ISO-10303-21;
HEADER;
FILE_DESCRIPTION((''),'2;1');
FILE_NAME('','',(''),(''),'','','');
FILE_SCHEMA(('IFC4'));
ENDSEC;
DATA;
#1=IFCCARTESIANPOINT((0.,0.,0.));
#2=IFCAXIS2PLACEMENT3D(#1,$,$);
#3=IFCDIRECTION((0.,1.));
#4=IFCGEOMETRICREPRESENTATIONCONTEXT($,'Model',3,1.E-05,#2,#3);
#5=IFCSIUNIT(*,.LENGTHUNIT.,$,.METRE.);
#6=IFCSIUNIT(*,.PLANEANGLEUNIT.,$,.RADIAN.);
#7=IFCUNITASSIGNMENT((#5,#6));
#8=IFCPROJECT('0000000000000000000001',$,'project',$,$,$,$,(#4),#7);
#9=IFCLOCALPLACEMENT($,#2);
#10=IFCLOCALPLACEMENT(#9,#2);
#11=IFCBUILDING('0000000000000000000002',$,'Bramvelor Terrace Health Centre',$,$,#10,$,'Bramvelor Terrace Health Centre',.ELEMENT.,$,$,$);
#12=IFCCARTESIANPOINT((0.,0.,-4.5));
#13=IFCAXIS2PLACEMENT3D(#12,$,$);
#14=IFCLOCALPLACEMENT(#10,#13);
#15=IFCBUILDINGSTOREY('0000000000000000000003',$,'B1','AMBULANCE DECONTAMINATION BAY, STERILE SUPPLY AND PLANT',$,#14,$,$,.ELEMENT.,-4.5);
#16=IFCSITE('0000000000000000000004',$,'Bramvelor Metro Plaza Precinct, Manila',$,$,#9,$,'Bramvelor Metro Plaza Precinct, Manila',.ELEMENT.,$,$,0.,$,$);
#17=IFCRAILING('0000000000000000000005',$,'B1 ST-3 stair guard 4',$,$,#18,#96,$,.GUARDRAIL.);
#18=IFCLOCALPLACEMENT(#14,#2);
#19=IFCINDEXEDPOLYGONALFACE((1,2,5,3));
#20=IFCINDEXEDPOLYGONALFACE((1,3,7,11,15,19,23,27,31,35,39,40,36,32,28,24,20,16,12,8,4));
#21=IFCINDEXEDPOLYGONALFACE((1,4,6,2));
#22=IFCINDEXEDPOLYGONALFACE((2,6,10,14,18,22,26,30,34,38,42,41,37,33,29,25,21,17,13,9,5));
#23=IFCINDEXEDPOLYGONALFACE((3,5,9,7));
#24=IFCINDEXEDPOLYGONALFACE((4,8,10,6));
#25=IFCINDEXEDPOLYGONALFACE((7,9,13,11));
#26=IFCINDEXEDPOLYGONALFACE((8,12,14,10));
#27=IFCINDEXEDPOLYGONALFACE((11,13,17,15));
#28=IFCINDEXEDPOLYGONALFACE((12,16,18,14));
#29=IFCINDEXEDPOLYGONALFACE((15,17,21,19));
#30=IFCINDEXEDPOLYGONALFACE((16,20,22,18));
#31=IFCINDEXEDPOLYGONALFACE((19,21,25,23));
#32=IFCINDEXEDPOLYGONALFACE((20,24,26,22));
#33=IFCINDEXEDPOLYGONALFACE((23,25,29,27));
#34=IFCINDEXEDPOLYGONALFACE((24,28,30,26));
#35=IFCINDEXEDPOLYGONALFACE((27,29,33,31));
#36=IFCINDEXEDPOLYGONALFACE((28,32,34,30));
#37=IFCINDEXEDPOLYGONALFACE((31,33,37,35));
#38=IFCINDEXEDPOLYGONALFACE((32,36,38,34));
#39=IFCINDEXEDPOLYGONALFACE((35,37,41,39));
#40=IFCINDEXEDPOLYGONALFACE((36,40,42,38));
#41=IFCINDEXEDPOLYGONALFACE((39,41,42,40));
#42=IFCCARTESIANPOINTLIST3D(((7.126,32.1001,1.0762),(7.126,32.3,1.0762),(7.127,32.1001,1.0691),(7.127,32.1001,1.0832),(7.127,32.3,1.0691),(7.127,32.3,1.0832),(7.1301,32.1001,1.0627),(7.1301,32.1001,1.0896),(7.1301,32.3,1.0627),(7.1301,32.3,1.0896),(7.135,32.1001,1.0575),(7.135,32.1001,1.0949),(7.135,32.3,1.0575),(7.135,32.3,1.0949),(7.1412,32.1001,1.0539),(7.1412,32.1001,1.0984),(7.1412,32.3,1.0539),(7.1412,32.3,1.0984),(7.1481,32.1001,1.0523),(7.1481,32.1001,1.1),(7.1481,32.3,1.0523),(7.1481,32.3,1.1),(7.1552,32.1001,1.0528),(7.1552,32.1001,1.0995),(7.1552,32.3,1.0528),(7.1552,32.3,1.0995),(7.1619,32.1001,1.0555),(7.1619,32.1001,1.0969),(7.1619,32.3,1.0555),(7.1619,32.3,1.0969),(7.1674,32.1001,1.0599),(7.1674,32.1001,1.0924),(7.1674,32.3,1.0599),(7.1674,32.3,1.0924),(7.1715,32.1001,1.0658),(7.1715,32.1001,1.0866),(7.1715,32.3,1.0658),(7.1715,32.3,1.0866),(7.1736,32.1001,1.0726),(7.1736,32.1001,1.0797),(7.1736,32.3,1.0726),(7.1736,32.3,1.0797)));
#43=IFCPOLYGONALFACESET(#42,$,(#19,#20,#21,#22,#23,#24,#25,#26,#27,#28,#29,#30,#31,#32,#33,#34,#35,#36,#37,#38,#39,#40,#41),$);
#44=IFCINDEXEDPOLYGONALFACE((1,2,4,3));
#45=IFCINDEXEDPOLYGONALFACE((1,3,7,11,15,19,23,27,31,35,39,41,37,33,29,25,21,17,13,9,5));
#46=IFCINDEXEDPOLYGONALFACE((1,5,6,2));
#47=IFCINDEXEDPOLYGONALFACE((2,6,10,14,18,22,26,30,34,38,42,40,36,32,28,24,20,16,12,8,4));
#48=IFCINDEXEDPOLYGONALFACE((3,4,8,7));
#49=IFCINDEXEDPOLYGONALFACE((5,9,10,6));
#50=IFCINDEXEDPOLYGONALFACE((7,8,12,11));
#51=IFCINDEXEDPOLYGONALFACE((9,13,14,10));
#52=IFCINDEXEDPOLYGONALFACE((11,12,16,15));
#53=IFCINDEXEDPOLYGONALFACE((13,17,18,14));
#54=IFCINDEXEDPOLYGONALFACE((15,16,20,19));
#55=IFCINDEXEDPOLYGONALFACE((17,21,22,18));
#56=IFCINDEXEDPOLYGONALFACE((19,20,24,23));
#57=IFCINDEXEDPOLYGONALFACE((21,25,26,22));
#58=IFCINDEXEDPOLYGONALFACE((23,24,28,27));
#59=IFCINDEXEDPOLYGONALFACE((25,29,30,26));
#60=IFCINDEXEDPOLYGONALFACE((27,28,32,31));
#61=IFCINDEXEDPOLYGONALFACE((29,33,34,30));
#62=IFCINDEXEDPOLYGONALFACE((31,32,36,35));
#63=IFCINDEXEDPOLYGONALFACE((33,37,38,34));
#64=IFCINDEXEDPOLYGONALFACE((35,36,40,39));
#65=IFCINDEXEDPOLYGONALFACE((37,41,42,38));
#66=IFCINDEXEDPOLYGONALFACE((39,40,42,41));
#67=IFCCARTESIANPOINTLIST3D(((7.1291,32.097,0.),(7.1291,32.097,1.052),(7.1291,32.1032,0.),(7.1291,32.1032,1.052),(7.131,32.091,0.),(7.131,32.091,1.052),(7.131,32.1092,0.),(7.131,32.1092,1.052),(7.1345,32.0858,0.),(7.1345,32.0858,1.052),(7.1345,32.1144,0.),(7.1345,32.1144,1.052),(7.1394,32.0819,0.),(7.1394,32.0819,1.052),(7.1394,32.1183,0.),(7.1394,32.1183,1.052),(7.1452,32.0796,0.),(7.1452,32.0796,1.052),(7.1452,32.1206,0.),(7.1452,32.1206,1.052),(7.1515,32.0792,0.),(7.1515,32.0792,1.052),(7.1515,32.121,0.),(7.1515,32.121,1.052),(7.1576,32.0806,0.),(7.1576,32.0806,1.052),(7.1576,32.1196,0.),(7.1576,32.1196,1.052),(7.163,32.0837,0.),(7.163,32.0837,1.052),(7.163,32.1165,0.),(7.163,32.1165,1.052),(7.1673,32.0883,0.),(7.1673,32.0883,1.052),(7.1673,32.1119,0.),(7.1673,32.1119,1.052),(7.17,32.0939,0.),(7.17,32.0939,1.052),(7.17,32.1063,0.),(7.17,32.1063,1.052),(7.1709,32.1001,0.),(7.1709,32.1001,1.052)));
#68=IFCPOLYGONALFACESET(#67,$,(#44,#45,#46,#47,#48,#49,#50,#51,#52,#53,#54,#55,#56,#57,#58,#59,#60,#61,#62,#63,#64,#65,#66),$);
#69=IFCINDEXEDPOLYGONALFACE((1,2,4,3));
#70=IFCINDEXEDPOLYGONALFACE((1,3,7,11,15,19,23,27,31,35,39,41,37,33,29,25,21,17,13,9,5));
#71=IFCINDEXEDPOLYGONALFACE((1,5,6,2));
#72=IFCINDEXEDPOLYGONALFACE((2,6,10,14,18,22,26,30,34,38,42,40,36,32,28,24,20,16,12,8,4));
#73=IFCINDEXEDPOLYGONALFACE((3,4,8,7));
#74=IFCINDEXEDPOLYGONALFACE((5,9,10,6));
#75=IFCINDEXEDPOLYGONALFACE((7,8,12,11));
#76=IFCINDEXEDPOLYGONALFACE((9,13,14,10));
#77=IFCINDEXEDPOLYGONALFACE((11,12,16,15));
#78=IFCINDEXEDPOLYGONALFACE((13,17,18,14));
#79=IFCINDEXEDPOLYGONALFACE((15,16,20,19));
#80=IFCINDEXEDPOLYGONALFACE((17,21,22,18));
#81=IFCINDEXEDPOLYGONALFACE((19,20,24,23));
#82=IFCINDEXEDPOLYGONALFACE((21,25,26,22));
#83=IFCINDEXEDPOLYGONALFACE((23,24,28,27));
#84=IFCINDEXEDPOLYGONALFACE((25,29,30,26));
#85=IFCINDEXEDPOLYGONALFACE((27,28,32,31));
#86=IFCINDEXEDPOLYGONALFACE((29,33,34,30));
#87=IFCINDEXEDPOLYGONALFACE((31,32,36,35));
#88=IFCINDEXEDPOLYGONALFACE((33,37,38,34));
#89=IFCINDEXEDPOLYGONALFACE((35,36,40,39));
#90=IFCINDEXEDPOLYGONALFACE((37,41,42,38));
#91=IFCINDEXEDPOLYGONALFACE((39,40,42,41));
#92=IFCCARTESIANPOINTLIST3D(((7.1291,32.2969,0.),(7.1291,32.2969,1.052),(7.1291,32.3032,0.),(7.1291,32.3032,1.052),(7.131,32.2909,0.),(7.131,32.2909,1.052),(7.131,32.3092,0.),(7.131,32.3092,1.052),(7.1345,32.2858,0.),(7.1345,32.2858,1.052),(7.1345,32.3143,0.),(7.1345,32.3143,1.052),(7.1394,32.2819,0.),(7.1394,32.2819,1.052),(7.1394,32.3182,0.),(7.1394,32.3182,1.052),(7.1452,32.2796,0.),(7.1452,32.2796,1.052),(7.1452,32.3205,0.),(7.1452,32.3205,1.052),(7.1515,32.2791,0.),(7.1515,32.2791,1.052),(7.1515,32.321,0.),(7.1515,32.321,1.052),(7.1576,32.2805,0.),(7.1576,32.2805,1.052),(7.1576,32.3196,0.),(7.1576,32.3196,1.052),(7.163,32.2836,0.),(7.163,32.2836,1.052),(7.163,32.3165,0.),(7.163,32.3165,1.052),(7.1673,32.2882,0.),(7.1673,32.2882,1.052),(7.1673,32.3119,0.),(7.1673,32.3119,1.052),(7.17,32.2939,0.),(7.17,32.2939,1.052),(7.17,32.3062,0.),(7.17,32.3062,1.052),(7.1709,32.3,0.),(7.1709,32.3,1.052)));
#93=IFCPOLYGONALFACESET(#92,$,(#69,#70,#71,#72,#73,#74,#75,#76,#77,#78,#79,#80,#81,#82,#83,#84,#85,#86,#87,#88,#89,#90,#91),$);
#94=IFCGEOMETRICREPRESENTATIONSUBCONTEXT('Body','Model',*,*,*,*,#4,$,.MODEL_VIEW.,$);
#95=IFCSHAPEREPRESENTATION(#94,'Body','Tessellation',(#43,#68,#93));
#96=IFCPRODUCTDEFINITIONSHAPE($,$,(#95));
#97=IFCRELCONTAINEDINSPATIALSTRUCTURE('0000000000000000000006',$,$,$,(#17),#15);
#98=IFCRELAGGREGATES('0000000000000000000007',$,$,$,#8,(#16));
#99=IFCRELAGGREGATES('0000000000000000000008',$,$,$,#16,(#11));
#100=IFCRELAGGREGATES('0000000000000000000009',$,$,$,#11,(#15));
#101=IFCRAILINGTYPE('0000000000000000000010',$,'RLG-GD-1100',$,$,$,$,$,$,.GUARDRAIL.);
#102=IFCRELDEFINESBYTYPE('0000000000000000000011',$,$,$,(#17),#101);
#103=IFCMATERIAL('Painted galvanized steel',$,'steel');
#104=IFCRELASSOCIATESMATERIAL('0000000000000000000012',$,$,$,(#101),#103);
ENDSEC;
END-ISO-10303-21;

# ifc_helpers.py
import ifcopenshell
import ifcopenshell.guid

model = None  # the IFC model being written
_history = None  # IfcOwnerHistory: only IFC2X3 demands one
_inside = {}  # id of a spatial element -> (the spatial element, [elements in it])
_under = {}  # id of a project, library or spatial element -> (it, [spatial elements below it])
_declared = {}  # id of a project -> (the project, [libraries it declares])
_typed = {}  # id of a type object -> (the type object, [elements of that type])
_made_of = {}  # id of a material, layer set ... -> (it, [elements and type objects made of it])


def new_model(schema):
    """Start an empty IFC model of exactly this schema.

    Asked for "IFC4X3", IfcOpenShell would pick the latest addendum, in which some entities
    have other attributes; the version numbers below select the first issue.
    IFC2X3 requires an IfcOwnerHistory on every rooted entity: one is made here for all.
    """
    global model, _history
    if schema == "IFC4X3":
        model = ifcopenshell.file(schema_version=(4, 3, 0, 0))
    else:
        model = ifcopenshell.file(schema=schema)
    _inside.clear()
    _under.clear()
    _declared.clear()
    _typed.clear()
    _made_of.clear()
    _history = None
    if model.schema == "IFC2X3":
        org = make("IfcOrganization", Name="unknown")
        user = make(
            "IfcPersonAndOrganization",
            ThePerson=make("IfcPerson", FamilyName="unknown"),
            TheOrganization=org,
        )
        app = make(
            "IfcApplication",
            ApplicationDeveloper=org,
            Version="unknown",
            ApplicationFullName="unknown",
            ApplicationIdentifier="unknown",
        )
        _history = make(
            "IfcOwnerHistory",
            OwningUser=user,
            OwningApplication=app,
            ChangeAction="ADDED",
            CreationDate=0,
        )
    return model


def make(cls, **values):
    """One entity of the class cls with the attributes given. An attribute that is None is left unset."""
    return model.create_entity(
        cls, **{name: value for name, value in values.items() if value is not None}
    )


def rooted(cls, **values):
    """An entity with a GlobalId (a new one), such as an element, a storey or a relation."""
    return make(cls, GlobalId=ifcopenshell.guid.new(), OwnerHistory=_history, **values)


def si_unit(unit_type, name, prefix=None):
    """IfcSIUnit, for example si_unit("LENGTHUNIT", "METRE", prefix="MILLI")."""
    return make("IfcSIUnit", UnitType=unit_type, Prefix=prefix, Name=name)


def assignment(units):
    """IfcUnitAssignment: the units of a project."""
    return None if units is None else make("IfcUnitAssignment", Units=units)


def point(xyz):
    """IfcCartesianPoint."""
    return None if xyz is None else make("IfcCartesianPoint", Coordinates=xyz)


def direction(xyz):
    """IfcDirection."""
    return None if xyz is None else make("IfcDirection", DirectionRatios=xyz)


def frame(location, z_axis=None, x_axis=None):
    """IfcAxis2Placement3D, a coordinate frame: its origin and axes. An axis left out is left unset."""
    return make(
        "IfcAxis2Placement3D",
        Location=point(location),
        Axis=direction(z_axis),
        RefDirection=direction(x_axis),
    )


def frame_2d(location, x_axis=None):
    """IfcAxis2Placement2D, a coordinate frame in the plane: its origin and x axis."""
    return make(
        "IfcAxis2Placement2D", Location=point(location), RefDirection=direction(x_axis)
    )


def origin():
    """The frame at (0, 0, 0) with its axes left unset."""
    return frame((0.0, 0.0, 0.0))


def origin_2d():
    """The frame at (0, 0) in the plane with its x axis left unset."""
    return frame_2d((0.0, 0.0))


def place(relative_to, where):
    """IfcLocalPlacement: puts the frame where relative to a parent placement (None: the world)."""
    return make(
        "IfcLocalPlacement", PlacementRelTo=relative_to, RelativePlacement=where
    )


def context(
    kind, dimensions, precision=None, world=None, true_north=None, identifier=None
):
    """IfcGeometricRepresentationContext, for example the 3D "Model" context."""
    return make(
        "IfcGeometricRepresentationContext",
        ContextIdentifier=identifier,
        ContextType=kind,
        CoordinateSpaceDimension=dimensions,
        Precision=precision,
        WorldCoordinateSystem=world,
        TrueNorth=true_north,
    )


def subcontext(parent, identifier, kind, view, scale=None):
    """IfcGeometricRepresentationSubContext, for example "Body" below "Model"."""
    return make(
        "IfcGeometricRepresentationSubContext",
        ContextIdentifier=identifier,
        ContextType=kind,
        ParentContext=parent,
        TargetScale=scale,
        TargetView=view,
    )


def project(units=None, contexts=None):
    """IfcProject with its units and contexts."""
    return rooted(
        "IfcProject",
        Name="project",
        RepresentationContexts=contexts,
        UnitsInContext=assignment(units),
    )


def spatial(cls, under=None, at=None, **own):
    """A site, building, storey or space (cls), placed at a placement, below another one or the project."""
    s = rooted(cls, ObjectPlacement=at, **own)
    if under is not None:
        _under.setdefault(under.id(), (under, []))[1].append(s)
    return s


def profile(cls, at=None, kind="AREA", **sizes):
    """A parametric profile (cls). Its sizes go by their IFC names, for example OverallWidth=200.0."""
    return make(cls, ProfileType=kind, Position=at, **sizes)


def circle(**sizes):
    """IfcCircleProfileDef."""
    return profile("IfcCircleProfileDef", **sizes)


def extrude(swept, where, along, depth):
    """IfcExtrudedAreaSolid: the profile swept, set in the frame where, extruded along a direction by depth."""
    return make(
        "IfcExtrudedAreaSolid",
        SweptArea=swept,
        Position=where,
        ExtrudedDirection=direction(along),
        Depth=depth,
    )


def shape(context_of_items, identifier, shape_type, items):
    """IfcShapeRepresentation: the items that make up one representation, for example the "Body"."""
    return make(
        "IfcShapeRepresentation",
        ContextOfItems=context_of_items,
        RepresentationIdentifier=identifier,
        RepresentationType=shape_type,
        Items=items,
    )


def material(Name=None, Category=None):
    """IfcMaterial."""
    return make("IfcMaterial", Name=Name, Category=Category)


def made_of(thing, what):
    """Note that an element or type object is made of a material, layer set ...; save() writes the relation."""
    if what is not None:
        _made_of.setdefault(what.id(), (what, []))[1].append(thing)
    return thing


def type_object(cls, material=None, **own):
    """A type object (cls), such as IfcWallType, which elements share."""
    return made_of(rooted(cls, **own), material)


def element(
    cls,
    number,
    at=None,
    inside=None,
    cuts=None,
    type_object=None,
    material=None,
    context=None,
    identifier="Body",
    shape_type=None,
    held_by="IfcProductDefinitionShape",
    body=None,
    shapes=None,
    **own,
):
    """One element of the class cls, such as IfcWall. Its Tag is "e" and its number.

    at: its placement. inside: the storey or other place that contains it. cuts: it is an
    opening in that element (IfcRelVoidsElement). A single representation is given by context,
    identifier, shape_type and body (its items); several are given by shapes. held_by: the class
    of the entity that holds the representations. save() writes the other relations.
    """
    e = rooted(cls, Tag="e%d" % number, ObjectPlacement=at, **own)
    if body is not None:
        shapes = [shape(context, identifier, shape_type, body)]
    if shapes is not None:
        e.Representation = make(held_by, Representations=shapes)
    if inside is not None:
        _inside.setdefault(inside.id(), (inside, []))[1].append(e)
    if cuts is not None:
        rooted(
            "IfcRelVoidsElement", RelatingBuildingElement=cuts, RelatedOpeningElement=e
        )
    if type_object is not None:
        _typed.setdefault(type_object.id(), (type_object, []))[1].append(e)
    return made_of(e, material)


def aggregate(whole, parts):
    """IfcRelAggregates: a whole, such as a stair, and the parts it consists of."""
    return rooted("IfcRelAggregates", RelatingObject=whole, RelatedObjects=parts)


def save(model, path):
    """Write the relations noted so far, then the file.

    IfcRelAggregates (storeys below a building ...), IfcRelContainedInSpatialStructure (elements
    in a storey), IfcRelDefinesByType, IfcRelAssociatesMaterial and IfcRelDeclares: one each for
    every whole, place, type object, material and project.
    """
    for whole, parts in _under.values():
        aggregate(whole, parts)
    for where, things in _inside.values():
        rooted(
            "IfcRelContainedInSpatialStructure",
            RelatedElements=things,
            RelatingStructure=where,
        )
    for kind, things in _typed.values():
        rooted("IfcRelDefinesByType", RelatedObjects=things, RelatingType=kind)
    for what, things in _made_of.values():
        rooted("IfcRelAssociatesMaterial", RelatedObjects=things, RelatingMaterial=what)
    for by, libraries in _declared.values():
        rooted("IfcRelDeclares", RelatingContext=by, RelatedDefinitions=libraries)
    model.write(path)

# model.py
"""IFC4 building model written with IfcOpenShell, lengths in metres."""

from ifc_helpers import new_model, si_unit, direction, frame, origin, origin_2d, place, context, subcontext, project, spatial, circle, extrude, material, type_object, element, save


model = new_model("IFC4")

# Units and contexts
model_context = context("Model", 3, precision=1e-05, world=origin(), true_north=direction((0.0, 1.0)))
body_context = subcontext(model_context, "Body", "Model", "MODEL_VIEW")
ifc_project = project(units=[si_unit("LENGTHUNIT", "METRE"), si_unit("PLANEANGLEUNIT", "RADIAN")], contexts=[model_context])

# Site, building, storey
site_placement = place(None, origin())
site = spatial("IfcSite", under=ifc_project, at=site_placement, Name="Bramvelor Metro Plaza Precinct, Manila", LongName="Bramvelor Metro Plaza Precinct, Manila", CompositionType="ELEMENT", RefElevation=0.0)
building_placement = place(site_placement, origin())
building = spatial("IfcBuilding", under=site, at=building_placement, Name="Bramvelor Terrace Health Centre", LongName="Bramvelor Terrace Health Centre", CompositionType="ELEMENT")
storey_placement = place(building_placement, frame((0.0, 0.0, -4.5)))
storey = spatial("IfcBuildingStorey", under=building, at=storey_placement, Name="B1", Description="AMBULANCE DECONTAMINATION BAY, STERILE SUPPLY AND PLANT", CompositionType="ELEMENT", Elevation=-4.5)

# Railing
ifc_material_1 = material(Name="Painted galvanized steel", Category="steel")
railing_type_1 = type_object("IfcRailingType", Name="RLG-GD-1100", PredefinedType="GUARDRAIL", material=ifc_material_1)
railing_1_placement = place(storey_placement, frame((7.1499, 32.1001, 0.0)))
element("IfcRailing", 1, at=railing_1_placement, inside=storey, type_object=railing_type_1, Name="B1 ST-3 stair guard 4", PredefinedType="GUARDRAIL", context=body_context, shape_type="SweptSolid", body=[
    extrude(circle(Radius=0.0239, at=origin_2d()), frame((0.0, 0.0, 1.0762), z_axis=(0.0, 1.0, 0.0), x_axis=(-1.0, 0.0, 0.0)), (0.0, 0.0, 1.0), 0.2),
    extrude(circle(Radius=0.021, at=origin_2d()), origin(), (0.0, 0.0, 1.0), 1.052),
    extrude(circle(Radius=0.021, at=origin_2d()), frame((0.0, 0.2, 0.0)), (0.0, 0.0, 1.0), 1.052),
])

save(model, "model.ifc")
